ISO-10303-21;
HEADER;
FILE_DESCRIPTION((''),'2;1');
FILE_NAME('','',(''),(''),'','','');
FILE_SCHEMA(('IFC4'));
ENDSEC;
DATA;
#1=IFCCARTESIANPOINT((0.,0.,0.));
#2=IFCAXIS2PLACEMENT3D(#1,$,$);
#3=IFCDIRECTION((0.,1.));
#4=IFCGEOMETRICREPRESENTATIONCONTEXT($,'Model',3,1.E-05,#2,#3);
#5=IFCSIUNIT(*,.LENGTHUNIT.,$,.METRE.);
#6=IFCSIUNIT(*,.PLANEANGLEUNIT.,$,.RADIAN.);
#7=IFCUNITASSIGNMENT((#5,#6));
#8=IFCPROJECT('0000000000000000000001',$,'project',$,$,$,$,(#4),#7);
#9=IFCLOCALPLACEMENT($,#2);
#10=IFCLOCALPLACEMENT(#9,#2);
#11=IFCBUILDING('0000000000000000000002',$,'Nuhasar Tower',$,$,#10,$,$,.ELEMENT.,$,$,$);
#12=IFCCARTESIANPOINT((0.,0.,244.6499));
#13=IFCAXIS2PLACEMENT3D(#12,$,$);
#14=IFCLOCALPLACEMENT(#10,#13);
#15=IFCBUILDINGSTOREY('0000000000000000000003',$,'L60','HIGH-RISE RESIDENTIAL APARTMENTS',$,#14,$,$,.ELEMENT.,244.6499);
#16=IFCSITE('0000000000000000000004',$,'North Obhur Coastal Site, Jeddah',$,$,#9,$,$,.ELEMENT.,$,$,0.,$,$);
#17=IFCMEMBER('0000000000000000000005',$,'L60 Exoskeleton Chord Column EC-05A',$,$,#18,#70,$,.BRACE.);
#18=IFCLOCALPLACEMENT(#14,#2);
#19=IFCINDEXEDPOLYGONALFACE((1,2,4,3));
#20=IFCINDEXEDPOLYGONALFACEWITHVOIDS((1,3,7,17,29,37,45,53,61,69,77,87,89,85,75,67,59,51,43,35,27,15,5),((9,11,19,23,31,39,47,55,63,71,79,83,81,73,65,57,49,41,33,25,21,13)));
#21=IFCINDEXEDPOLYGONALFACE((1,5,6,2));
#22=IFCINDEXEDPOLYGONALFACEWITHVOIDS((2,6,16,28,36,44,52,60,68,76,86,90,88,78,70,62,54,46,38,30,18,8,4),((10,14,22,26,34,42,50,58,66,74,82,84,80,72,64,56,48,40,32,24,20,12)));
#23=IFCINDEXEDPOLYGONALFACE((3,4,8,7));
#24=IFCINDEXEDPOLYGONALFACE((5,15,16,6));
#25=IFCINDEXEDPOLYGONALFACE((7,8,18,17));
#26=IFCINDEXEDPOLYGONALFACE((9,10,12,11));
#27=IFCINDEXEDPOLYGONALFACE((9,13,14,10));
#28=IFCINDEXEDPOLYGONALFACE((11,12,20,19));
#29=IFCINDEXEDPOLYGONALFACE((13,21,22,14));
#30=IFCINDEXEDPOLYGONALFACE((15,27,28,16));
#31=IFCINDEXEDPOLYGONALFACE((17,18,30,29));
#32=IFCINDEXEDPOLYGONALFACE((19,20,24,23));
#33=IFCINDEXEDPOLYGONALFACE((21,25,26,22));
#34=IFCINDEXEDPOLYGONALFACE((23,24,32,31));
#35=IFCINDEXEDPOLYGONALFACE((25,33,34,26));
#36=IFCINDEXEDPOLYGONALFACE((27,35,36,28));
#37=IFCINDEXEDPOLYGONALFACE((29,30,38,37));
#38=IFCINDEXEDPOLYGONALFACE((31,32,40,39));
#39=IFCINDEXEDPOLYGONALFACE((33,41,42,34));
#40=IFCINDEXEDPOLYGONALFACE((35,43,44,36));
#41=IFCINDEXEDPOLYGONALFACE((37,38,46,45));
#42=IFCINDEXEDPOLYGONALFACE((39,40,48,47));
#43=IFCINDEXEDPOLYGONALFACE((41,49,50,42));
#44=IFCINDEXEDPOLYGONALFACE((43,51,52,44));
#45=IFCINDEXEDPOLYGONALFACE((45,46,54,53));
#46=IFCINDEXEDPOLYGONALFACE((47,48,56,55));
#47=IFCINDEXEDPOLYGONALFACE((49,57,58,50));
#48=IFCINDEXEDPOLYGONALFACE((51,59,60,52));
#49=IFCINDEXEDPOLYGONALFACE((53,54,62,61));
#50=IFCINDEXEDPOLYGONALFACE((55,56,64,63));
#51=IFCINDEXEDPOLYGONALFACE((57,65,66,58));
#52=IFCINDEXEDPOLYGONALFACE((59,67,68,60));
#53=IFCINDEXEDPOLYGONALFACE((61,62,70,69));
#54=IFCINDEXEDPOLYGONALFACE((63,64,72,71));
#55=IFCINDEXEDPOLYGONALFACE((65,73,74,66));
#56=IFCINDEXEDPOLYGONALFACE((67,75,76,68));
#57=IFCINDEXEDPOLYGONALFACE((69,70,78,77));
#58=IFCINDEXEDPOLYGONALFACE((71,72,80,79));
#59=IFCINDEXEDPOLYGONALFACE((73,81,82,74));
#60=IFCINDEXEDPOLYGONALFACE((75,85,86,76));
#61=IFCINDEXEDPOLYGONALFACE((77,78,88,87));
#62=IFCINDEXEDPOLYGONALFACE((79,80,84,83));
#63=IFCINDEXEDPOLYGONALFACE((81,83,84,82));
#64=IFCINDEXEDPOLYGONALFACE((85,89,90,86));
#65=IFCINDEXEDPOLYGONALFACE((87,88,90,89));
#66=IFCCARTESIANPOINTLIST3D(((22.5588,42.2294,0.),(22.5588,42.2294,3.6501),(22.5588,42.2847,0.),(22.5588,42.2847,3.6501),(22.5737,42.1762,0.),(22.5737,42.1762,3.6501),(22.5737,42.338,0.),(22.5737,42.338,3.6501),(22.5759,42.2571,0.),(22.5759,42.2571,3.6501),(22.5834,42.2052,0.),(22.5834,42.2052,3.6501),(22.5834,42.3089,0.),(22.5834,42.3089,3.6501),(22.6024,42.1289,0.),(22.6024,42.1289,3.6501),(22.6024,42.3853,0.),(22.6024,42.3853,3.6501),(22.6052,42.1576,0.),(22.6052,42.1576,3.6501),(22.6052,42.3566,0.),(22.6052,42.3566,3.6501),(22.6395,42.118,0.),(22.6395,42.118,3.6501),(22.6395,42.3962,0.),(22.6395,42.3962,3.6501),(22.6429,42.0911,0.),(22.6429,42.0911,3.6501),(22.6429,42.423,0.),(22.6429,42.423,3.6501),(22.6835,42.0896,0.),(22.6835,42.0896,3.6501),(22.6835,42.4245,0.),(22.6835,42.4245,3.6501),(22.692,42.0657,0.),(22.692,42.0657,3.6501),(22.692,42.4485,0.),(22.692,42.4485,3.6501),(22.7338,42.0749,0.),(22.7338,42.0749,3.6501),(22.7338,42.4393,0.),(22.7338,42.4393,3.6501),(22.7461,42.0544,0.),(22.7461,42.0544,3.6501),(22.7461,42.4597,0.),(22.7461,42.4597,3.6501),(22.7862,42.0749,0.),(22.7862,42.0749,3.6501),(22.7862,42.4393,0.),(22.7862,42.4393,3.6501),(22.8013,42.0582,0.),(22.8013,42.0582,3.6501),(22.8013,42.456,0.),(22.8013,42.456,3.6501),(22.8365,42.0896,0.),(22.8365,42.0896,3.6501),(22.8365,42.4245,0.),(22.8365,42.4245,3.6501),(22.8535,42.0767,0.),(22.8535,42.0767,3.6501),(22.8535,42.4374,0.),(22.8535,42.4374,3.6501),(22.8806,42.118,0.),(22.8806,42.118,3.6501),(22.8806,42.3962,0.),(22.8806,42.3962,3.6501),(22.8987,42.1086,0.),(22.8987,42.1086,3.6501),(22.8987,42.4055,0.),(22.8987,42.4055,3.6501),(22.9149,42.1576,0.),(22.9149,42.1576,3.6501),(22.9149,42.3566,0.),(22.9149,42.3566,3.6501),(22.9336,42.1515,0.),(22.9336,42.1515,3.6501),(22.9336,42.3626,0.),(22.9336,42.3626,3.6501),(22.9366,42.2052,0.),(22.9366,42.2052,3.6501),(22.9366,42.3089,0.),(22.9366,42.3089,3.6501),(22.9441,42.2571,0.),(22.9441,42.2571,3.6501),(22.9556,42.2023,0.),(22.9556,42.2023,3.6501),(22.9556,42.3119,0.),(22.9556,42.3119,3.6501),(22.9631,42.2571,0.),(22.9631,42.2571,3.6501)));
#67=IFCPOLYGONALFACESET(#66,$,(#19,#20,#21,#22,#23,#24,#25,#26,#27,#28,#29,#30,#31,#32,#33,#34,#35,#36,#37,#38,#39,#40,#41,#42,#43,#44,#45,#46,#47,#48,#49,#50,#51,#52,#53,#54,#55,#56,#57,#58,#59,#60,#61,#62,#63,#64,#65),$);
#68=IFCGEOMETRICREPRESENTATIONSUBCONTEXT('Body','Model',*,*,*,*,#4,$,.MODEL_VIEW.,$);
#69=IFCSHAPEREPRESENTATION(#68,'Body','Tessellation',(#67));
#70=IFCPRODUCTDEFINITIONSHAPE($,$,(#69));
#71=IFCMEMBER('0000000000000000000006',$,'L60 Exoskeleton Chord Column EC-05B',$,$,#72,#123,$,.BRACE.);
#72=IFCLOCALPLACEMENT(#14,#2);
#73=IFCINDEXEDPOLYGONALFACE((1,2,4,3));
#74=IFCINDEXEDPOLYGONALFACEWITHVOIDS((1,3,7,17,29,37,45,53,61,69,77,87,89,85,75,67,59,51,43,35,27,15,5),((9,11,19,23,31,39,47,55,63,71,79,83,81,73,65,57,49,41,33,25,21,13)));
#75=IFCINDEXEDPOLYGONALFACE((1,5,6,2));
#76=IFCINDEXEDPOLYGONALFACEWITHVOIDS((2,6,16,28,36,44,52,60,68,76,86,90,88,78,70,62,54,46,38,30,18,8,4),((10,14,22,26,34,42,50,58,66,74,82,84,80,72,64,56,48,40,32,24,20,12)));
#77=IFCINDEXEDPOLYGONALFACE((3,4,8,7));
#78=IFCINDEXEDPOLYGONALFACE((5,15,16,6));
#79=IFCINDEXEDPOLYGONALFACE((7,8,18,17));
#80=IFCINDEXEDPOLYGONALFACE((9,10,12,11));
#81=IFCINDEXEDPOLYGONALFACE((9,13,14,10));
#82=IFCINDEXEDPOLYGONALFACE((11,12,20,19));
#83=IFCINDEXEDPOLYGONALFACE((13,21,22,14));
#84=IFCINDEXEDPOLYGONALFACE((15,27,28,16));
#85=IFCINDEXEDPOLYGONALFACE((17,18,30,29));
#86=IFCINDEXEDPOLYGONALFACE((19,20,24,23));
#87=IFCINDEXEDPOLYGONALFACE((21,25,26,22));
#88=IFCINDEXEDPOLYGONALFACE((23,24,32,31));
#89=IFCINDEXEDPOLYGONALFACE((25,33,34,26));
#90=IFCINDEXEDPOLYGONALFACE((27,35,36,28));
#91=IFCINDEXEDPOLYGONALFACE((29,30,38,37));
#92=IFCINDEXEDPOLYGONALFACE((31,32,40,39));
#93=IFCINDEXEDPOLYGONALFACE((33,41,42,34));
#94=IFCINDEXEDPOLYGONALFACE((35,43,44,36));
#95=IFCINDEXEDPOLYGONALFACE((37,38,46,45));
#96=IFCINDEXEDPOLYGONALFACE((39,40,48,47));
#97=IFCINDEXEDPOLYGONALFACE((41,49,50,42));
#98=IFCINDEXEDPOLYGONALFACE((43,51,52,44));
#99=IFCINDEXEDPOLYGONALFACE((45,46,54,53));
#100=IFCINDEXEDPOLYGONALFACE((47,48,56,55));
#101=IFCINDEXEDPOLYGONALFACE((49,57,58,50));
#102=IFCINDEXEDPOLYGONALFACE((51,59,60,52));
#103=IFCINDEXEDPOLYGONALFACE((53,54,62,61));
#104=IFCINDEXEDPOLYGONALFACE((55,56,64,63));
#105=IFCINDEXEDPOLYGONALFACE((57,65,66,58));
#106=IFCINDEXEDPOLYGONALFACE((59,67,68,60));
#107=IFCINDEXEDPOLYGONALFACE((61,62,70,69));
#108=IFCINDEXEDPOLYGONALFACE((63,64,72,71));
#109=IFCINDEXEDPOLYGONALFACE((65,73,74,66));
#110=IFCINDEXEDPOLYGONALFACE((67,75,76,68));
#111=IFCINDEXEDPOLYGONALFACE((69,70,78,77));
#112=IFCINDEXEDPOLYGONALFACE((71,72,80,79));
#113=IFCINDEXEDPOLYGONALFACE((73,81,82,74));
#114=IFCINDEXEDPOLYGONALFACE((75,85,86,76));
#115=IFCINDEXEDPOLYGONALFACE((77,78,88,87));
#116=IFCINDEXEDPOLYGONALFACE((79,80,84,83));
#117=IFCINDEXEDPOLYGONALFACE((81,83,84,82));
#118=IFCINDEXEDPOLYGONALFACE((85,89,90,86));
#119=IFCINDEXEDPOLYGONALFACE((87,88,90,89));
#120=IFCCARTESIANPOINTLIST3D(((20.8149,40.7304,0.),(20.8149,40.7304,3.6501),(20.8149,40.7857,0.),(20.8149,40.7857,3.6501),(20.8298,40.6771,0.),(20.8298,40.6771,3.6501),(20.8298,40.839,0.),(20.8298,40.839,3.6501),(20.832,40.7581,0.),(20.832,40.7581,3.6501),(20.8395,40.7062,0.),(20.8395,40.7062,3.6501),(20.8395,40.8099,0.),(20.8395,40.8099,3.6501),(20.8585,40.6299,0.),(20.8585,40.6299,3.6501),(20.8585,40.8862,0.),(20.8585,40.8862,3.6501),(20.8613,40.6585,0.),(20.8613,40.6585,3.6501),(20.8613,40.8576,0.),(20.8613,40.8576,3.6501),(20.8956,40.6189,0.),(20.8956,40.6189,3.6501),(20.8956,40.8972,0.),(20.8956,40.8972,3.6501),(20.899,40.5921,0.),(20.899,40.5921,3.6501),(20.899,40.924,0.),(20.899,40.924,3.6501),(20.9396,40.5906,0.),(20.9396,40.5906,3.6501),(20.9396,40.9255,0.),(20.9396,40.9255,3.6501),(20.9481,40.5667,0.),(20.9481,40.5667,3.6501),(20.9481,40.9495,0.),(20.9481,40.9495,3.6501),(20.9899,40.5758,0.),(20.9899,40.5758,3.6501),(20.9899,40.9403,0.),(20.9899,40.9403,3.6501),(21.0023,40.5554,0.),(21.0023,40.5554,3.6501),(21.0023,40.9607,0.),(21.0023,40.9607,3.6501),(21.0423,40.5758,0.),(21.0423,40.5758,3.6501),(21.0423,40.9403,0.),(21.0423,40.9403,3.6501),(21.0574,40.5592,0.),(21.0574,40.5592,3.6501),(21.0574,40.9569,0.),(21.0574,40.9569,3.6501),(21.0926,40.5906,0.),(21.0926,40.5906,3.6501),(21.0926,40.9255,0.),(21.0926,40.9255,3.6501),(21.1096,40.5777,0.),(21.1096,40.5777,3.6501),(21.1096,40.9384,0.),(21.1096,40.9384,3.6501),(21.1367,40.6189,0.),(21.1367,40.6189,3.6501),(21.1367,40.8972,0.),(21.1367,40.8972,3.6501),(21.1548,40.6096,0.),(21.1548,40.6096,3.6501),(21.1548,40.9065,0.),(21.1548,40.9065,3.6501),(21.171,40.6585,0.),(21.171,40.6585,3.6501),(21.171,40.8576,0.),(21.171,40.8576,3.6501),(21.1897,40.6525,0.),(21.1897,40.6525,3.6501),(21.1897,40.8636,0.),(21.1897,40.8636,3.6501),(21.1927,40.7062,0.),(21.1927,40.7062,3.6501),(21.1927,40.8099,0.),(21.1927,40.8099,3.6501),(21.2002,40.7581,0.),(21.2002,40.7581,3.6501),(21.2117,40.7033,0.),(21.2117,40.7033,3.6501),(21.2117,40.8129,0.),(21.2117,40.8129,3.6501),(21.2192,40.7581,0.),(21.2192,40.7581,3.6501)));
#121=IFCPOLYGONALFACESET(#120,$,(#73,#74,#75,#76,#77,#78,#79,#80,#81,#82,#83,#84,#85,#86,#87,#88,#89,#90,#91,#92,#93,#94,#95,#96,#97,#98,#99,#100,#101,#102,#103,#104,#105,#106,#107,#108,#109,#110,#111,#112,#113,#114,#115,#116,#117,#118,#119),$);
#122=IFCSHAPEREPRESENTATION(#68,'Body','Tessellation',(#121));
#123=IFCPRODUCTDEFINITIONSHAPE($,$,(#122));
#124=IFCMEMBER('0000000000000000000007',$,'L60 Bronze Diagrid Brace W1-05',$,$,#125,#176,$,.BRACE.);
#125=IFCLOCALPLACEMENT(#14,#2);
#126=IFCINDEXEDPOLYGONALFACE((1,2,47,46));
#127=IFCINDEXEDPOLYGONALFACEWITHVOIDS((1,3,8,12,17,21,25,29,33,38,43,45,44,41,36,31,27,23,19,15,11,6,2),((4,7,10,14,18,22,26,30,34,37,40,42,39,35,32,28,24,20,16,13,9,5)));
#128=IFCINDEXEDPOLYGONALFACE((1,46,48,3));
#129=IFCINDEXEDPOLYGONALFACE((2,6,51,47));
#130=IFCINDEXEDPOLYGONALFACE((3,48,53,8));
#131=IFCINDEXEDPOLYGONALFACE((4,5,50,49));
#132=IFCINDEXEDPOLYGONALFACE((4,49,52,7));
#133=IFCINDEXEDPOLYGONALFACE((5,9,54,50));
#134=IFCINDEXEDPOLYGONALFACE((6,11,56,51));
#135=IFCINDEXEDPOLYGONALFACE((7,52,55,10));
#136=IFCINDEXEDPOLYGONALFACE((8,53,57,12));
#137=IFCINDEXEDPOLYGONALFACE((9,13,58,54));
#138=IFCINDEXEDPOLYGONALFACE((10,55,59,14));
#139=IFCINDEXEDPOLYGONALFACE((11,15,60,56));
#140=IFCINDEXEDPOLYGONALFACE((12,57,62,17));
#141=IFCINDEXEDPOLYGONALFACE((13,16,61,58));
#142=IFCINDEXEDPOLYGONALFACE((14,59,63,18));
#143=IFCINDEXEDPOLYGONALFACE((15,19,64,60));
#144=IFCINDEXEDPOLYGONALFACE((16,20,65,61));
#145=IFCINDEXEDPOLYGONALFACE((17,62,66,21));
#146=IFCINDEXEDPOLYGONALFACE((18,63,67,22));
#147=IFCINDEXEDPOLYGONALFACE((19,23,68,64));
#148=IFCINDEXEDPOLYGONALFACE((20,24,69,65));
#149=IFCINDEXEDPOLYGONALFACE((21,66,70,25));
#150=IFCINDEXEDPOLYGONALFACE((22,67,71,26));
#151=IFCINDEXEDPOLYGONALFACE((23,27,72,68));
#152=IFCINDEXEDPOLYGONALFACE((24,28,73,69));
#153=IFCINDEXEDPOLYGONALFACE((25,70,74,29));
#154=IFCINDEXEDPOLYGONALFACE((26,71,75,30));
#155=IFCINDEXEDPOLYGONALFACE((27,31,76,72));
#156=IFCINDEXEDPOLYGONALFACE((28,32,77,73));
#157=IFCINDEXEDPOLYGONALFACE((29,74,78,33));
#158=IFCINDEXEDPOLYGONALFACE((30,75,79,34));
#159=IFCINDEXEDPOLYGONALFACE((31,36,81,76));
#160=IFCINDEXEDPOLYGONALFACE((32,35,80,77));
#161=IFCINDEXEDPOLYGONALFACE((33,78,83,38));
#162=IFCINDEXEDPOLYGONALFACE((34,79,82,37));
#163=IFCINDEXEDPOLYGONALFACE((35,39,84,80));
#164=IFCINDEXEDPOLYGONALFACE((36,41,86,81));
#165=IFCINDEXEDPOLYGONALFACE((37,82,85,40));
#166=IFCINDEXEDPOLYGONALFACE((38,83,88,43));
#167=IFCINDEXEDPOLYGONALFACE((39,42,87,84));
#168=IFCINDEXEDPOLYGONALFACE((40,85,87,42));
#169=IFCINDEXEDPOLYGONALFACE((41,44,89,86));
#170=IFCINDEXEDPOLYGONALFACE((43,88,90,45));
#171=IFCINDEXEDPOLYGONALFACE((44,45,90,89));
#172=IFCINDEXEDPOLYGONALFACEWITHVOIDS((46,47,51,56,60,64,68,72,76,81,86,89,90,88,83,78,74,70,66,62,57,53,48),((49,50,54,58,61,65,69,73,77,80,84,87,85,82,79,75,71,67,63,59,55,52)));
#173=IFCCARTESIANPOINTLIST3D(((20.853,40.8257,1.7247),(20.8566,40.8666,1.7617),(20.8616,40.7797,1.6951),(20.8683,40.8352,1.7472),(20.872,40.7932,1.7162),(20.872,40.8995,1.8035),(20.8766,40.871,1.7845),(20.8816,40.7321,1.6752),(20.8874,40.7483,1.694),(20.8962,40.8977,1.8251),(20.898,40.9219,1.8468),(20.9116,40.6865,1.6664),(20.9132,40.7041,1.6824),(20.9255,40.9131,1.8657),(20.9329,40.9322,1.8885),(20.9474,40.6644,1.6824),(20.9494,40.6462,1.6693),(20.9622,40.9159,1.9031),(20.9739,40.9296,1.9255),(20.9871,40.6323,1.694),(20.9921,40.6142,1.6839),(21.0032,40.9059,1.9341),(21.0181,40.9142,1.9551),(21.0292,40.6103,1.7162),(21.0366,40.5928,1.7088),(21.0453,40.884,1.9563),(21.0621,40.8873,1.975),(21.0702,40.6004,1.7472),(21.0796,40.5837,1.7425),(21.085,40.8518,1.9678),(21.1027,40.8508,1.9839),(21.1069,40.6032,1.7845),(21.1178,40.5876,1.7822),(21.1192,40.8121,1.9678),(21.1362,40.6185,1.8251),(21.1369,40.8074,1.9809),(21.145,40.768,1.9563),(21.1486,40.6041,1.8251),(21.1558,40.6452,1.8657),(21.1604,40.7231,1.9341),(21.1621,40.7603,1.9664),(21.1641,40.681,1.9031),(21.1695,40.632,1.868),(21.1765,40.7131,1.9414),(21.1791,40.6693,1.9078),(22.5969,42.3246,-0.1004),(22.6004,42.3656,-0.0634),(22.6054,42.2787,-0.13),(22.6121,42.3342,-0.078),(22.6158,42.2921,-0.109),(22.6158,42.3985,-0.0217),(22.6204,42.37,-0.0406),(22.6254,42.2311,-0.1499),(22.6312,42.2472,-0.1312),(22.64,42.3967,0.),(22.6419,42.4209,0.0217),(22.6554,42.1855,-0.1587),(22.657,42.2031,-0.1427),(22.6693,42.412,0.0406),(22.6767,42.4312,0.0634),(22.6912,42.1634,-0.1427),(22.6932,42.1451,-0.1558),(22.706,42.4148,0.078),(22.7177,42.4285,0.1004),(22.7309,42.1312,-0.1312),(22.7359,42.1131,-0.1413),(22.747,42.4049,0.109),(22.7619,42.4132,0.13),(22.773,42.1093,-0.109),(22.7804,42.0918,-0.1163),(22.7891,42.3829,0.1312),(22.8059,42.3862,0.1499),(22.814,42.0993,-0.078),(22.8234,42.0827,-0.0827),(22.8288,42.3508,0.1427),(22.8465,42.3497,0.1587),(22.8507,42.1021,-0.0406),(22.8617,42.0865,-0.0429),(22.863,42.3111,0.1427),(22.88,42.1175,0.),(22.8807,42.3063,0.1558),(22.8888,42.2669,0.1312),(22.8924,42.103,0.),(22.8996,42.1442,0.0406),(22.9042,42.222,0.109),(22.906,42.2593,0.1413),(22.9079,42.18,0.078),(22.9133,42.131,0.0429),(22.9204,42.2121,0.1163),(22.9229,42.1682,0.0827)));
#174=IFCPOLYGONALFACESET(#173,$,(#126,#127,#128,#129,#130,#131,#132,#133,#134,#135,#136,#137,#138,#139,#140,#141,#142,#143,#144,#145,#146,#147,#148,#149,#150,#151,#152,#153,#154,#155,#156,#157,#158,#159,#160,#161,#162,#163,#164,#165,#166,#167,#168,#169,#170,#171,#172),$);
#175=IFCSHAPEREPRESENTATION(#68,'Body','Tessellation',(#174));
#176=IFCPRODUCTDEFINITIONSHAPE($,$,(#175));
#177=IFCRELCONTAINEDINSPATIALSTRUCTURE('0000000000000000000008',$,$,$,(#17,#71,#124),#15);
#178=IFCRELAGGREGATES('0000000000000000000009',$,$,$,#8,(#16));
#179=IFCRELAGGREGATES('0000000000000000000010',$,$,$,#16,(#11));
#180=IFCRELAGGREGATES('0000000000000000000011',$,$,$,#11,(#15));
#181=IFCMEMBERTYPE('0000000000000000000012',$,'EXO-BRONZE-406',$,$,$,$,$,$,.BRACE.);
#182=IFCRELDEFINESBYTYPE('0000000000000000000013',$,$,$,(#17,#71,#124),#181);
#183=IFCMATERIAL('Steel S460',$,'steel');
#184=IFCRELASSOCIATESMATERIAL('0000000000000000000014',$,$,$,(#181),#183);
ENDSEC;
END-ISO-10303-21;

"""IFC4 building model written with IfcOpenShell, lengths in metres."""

from ifc_helpers import new_model, si_unit, direction, frame, origin, origin_2d, place, context, subcontext, project, spatial, hollow_circle, extrude, material, material_profile, profile_set, type_object, element, save


model = new_model("IFC4")

# Units and contexts
model_context = context("Model", 3, precision=1e-05, world=origin(), true_north=direction((0.0, 1.0)))
body_context = subcontext(model_context, "Body", "Model", "MODEL_VIEW")
ifc_project = project(units=[si_unit("LENGTHUNIT", "METRE"), si_unit("PLANEANGLEUNIT", "RADIAN")], contexts=[model_context])

# Site, building, storey
site_placement = place(None, origin())
site = spatial("IfcSite", under=ifc_project, at=site_placement, Name="North Obhur Coastal Site, Jeddah", CompositionType="ELEMENT", RefElevation=0.0)
building_placement = place(site_placement, origin())
building = spatial("IfcBuilding", under=site, at=building_placement, Name="Nuhasar Tower", CompositionType="ELEMENT")
storey_placement = place(building_placement, frame((0.0, 0.0, 244.6499)))
storey = spatial("IfcBuildingStorey", under=building, at=storey_placement, Name="L60", Description="HIGH-RISE RESIDENTIAL APARTMENTS", CompositionType="ELEMENT", Elevation=244.6499)

# Members
ifc_material_1 = material(Name="Steel S460", Category="steel")
ifc_material_profile_1 = material_profile(ifc_material_1, hollow_circle(Radius=0.2031, WallThickness=0.019, at=origin_2d()), Name="HSS406.4X19.1")
ifc_profile_set_1 = profile_set([ifc_material_profile_1], Name="Steel S460")
member_type_1 = type_object("IfcMemberType", Name="EXO-BRONZE-406", PredefinedType="BRACE", material=ifc_profile_set_1)
for number, where, z_axis, x_axis, name in (
    (1, (22.76, 42.2571, 0.0), (0.0, 0.0, 1.0), (1.0, 0.0, 0.0), "L60 Exoskeleton Chord Column EC-05A"),
    (2, (21.0161, 40.7581, 0.0), (0.0, 0.0, 1.0), (1.0, 0.0, 0.0), "L60 Exoskeleton Chord Column EC-05B"),
):
    element("IfcMember", number, at=place(storey_placement, frame(where, z_axis=z_axis, x_axis=x_axis)), inside=storey, type_object=member_type_1, Name=name, PredefinedType="BRACE", context=body_context, shape_type="SweptSolid", body=[
        extrude(hollow_circle(Radius=0.2031, WallThickness=0.019, at=origin_2d()), origin(), (0.0, 0.0, 1.0), 3.6501),
    ])
for number, where, z_axis, x_axis, name in (
    (3, (22.76, 42.2571, 0.0), (-0.593988, -0.510582, 0.621679), (0.651857, -0.758342, 0.0), "L60 Bronze Diagrid Brace W1-05"),
):
    element("IfcMember", number, at=place(storey_placement, frame(where, z_axis=z_axis, x_axis=x_axis)), inside=storey, type_object=member_type_1, Name=name, PredefinedType="BRACE", context=body_context, shape_type="SweptSolid", body=[
        extrude(hollow_circle(Radius=0.2031, WallThickness=0.019, at=origin_2d()), origin(), (0.0, 0.0, 1.0), 2.9358),
    ])

save(model, "model.ifc")
